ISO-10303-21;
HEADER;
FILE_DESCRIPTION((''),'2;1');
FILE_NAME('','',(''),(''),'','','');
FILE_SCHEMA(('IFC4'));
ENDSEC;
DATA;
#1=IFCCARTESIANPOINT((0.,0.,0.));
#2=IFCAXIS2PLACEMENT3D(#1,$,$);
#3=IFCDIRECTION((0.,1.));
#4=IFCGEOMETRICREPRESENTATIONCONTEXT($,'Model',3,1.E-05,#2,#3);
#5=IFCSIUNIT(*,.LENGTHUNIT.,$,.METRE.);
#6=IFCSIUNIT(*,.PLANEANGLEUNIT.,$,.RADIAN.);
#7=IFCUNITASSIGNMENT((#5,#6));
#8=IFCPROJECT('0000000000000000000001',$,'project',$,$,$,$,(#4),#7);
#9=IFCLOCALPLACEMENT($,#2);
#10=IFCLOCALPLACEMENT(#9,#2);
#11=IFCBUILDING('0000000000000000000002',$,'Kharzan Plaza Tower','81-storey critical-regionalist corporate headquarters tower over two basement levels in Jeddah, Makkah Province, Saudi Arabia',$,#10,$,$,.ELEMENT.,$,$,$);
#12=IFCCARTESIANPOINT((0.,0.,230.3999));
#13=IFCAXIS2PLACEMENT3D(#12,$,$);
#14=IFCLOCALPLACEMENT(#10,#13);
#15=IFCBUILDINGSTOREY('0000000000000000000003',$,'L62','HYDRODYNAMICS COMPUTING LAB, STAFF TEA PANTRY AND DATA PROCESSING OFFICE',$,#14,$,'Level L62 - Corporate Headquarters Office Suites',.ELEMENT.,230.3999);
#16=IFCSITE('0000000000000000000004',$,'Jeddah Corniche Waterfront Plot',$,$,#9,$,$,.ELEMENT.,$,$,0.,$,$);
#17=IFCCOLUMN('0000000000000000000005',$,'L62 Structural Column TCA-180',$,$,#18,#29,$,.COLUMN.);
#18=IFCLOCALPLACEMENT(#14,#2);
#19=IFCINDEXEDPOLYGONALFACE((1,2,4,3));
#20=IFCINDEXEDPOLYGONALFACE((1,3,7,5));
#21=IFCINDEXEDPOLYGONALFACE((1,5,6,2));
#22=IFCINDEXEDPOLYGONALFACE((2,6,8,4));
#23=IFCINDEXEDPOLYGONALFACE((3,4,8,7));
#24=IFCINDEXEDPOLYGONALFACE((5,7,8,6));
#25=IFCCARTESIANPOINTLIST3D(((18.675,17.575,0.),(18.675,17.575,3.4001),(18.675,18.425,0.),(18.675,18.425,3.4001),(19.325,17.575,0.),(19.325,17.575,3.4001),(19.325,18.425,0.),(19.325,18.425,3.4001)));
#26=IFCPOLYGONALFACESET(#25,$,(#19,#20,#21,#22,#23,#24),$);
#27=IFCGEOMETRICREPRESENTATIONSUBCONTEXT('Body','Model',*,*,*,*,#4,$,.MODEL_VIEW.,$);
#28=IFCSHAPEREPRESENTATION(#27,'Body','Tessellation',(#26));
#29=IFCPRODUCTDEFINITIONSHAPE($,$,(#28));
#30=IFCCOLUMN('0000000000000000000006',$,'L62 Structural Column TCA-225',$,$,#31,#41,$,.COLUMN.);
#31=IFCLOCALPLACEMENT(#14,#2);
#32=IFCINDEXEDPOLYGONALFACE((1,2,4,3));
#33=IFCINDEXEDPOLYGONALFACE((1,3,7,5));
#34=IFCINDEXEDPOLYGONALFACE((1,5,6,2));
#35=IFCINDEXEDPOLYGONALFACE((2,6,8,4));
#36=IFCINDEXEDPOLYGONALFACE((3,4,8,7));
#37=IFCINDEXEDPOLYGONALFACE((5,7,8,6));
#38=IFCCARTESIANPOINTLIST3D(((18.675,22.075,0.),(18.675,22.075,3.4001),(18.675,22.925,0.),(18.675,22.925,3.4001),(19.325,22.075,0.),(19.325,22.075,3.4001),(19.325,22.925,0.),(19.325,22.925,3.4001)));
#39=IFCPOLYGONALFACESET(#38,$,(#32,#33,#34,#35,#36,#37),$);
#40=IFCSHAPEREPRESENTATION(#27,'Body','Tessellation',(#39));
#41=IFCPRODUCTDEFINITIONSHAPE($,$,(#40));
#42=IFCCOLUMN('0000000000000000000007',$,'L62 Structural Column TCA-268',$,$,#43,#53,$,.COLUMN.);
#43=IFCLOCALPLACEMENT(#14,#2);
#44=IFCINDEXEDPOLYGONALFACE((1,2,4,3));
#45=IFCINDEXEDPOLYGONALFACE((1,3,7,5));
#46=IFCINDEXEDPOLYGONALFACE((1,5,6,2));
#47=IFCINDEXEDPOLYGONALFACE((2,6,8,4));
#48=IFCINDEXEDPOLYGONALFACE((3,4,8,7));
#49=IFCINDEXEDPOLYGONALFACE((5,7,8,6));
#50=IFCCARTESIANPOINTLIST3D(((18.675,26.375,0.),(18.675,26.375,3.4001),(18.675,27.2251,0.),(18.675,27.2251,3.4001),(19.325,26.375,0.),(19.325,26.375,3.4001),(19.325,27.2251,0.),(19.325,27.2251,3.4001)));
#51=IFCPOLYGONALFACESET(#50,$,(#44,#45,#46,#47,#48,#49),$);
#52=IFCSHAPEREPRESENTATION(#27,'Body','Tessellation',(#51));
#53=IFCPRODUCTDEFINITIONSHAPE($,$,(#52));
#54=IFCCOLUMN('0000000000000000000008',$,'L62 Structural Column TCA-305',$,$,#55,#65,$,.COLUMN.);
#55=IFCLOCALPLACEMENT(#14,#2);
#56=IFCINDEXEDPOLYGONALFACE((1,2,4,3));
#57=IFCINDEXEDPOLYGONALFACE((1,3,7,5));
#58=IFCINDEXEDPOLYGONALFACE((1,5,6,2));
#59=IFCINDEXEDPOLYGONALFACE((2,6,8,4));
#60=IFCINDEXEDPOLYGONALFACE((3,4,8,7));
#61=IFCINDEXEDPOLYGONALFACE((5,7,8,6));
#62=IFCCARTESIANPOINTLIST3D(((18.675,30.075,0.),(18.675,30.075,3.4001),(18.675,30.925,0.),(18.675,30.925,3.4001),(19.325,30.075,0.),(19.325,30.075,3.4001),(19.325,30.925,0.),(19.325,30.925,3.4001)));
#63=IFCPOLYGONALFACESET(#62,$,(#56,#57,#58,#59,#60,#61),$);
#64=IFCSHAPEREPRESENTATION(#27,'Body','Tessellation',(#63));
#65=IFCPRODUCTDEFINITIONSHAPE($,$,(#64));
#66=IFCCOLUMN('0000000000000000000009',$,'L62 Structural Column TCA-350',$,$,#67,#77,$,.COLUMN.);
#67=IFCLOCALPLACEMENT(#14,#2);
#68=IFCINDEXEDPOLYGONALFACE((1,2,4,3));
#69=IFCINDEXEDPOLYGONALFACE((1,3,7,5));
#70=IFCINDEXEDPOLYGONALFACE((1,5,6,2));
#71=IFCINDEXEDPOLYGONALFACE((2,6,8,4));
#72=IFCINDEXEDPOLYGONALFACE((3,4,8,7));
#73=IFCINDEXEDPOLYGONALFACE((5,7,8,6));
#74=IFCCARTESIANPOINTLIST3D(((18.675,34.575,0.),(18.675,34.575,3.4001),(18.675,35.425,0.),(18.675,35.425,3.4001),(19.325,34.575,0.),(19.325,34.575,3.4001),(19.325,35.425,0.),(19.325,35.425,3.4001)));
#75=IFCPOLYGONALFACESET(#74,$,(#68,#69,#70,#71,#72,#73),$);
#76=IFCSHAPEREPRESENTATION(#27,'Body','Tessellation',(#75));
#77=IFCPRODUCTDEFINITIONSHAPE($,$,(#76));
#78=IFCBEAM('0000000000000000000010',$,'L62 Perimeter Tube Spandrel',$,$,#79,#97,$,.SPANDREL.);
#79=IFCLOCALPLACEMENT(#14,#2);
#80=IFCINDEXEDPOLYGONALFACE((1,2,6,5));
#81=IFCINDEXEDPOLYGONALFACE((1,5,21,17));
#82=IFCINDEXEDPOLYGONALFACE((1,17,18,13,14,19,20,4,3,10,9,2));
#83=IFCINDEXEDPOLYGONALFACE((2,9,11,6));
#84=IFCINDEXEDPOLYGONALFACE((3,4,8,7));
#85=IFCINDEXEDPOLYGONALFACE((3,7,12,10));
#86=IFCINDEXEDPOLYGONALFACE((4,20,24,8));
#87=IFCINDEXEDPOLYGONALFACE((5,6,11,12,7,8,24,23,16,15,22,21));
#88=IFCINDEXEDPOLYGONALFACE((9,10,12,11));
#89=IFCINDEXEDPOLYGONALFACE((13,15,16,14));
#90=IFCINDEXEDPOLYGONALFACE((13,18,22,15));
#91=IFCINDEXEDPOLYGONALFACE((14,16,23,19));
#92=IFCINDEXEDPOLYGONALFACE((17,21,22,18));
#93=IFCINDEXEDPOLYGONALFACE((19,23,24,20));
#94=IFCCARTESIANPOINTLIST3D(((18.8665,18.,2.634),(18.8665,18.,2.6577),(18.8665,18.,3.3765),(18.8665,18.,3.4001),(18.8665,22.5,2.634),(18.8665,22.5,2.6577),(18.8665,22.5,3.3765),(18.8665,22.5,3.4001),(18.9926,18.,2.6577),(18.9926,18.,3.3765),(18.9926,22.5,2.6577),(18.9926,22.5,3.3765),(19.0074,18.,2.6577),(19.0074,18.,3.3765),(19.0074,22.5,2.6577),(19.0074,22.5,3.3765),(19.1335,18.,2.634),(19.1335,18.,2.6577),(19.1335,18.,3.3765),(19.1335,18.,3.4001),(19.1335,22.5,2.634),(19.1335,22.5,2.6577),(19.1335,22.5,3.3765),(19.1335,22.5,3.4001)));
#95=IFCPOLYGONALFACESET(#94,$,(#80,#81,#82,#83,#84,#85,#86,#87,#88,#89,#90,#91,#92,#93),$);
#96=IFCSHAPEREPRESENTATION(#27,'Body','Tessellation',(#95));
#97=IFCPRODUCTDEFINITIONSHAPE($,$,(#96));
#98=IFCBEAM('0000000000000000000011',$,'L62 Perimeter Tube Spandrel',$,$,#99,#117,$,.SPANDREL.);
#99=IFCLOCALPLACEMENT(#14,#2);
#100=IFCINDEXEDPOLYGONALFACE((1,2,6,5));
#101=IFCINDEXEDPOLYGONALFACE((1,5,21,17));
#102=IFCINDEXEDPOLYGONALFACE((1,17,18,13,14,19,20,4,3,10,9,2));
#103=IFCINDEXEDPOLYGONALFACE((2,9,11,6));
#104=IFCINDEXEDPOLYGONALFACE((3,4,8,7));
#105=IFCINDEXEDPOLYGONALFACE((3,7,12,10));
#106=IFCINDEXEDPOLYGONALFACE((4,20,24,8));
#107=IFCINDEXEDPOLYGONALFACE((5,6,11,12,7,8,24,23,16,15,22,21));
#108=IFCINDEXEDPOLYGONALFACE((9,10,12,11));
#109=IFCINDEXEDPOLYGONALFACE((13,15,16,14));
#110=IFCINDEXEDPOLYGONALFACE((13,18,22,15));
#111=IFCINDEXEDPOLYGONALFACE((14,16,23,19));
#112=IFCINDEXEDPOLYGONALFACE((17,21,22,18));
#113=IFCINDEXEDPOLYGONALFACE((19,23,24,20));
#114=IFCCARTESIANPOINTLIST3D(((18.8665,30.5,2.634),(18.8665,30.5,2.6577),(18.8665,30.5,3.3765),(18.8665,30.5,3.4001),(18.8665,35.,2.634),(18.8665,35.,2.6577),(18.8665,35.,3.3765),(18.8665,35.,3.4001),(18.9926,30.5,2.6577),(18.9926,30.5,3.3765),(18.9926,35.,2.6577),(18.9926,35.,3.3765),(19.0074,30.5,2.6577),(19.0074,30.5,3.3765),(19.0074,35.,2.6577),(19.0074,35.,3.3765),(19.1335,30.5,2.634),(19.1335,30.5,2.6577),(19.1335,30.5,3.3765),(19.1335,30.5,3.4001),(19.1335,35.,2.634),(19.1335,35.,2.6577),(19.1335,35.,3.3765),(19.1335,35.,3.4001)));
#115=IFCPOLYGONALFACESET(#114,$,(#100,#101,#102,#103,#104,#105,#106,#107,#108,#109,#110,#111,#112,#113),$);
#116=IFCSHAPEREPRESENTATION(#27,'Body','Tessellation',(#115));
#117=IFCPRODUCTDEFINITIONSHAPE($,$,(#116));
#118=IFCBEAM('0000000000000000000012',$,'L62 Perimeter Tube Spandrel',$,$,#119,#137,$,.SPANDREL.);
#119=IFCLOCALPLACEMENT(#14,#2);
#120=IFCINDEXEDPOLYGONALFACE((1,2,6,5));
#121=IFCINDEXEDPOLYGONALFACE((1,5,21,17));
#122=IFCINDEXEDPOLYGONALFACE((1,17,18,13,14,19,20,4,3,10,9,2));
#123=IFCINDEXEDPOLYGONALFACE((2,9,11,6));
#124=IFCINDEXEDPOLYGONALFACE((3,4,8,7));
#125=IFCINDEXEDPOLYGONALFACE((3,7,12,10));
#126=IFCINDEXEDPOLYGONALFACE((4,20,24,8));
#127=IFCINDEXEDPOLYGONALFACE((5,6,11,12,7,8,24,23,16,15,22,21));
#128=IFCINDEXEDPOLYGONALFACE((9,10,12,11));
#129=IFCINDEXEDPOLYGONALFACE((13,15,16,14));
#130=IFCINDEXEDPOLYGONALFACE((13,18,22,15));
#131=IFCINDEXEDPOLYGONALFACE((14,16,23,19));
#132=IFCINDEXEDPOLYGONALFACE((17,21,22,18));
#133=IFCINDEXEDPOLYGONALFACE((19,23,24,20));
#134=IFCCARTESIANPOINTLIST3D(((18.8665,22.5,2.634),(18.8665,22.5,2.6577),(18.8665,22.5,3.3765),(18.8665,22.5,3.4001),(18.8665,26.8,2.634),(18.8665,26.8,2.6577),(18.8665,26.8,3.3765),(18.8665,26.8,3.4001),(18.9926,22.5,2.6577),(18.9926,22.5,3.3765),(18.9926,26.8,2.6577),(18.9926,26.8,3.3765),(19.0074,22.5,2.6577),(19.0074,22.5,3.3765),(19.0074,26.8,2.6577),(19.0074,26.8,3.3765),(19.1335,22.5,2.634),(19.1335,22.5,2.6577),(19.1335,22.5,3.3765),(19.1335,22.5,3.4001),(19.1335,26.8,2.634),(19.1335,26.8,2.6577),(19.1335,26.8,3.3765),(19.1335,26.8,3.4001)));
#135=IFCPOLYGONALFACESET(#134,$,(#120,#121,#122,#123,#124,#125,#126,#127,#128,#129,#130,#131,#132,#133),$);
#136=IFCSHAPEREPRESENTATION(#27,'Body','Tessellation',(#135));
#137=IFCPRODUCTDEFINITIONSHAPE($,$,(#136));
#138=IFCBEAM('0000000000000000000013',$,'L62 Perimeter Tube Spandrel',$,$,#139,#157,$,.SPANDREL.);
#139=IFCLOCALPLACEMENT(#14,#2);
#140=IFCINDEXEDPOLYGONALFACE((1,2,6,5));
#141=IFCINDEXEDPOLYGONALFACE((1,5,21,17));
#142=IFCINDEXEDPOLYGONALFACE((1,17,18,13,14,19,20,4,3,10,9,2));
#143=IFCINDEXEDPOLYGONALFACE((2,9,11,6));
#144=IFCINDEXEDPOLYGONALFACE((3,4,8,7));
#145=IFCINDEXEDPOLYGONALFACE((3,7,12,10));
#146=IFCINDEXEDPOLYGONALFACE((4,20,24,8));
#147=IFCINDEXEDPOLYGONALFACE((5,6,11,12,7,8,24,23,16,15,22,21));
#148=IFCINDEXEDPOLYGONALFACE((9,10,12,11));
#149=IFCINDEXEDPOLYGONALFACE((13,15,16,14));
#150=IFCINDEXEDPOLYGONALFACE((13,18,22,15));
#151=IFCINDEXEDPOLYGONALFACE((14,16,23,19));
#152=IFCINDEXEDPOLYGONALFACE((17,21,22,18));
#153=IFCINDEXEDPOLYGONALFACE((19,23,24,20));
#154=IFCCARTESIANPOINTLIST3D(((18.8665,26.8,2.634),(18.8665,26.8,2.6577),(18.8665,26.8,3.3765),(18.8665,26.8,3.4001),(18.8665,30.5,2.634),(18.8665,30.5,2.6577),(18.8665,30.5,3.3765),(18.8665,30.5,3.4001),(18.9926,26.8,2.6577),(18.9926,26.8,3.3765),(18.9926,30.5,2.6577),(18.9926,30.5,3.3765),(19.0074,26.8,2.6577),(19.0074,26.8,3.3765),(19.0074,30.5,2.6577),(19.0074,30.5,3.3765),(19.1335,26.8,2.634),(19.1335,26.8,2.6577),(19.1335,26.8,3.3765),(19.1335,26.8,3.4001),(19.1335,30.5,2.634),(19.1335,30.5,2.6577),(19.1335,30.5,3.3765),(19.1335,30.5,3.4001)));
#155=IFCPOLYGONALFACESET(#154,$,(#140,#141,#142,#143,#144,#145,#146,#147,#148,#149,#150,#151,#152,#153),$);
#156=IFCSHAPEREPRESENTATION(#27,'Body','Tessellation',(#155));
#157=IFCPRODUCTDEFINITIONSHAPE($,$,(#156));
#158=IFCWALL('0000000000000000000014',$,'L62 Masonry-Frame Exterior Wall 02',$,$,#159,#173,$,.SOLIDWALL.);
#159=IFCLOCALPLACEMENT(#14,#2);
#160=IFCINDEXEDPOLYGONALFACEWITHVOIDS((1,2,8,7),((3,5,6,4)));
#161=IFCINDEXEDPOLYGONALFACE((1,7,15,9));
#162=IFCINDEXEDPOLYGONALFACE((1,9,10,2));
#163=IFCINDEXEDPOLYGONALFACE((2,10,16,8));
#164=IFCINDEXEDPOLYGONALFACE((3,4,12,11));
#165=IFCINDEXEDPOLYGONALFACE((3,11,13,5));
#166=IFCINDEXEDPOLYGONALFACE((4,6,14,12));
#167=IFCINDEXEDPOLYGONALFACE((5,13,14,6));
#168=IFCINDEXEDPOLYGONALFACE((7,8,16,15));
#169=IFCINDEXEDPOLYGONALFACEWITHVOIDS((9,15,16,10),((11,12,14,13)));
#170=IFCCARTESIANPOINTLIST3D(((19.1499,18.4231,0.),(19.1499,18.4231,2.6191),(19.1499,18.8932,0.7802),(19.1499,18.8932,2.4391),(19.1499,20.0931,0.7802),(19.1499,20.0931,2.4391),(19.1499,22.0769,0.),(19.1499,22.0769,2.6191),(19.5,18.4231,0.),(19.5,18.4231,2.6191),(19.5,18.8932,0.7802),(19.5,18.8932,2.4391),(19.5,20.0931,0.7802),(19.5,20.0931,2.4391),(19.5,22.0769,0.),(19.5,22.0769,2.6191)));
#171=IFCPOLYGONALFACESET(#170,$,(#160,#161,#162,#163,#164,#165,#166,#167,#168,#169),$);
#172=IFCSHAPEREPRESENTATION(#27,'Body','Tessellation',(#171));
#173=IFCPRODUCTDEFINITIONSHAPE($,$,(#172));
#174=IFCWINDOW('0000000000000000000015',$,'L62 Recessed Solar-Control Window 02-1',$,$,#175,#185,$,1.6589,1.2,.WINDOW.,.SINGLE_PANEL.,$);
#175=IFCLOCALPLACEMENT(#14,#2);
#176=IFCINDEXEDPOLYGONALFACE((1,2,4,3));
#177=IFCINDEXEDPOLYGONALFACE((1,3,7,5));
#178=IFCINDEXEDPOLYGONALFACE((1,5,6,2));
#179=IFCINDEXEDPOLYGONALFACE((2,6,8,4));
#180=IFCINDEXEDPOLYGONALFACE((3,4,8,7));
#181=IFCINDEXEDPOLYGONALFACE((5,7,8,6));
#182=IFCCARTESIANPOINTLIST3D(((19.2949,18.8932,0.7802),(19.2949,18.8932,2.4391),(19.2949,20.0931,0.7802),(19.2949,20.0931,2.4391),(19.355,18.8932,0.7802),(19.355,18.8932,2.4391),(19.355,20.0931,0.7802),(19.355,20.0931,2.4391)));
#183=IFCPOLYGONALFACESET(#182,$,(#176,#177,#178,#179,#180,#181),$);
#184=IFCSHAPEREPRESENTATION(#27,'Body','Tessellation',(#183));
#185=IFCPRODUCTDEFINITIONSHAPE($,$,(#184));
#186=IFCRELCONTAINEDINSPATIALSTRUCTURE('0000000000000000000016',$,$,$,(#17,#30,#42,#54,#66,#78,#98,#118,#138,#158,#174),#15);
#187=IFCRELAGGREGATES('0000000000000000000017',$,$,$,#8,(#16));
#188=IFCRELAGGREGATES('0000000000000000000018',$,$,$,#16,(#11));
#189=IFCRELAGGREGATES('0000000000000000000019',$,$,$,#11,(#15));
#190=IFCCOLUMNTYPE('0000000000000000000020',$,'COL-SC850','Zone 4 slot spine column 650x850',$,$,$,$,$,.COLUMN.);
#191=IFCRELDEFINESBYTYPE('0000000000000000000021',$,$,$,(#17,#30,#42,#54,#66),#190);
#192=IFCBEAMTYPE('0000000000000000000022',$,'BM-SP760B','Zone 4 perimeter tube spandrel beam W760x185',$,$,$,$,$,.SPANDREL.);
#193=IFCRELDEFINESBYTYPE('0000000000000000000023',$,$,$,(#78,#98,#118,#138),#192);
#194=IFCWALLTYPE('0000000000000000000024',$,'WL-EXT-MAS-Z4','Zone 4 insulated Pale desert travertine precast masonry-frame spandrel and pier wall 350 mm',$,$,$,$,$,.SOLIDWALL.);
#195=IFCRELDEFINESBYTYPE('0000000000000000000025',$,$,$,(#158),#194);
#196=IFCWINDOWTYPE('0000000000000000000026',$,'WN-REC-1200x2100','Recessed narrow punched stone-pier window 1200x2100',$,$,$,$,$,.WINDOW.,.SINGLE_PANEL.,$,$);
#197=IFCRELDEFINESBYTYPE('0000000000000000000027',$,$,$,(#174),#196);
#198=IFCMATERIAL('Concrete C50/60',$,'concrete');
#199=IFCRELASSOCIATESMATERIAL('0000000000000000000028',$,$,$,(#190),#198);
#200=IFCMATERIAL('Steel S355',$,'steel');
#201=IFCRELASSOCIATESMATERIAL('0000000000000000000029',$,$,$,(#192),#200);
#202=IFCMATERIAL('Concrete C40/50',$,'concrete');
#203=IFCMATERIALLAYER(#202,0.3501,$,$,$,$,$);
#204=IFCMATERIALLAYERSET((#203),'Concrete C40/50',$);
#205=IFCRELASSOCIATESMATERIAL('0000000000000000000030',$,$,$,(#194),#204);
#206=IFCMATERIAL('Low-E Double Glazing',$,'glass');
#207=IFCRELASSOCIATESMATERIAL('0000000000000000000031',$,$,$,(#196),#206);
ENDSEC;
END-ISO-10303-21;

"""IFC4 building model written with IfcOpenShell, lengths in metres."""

from ifc_helpers import new_model, si_unit, direction, frame, frame_2d, origin, origin_2d, place, context, subcontext, project, spatial, rectangle, i_section, extrude, source, transform, mapped, material, layer, layer_set, material_profile, profile_set, type_object, element, fill, save


model = new_model("IFC4")

# Units and contexts
model_context = context("Model", 3, precision=1e-05, world=origin(), true_north=direction((0.0, 1.0)))
body_context = subcontext(model_context, "Body", "Model", "MODEL_VIEW")
ifc_project = project(units=[si_unit("LENGTHUNIT", "METRE"), si_unit("PLANEANGLEUNIT", "RADIAN")], contexts=[model_context])

# Site, building, storey
site_placement = place(None, origin())
site = spatial("IfcSite", under=ifc_project, at=site_placement, Name="Jeddah Corniche Waterfront Plot", CompositionType="ELEMENT", RefElevation=0.0)
building_placement = place(site_placement, origin())
building = spatial("IfcBuilding", under=site, at=building_placement, Name="Kharzan Plaza Tower", Description="81-storey critical-regionalist corporate headquarters tower over two basement levels in Jeddah, Makkah Province, Saudi Arabia", CompositionType="ELEMENT")
storey_placement = place(building_placement, frame((0.0, 0.0, 230.3999)))
storey = spatial("IfcBuildingStorey", under=building, at=storey_placement, Name="L62", Description="HYDRODYNAMICS COMPUTING LAB, STAFF TEA PANTRY AND DATA PROCESSING OFFICE", LongName="Level L62 - Corporate Headquarters Office Suites", CompositionType="ELEMENT", Elevation=230.3999)

# Columns
ifc_material_1 = material(Name="Concrete C50/60", Category="concrete")
ifc_material_profile_1 = material_profile(ifc_material_1, rectangle(XDim=0.6499, YDim=0.8501, at=origin_2d()), Name="RC-SC850x650")
ifc_profile_set_1 = profile_set([ifc_material_profile_1], Name="Concrete C50/60")
column_type = type_object("IfcColumnType", Name="COL-SC850", Description="Zone 4 slot spine column 650x850", PredefinedType="COLUMN", material=ifc_profile_set_1)
shared_shape_1 = source(origin(), body_context, "Body", "SweptSolid", [
    extrude(rectangle(XDim=0.6499, YDim=0.8501, at=origin_2d()), origin(), (0.0, 0.0, 1.0), 3.4001),
])
for number, where, z_axis, x_axis, name in (
    (1, (19.0, 18.0, 0.0), (0.0, 0.0, 1.0), (1.0, 0.0, 0.0), "L62 Structural Column TCA-180"),
    (2, (19.0, 22.5, 0.0), (0.0, 0.0, 1.0), (1.0, 0.0, 0.0), "L62 Structural Column TCA-225"),
    (3, (19.0, 26.8, 0.0), (0.0, 0.0, 1.0), (1.0, 0.0, 0.0), "L62 Structural Column TCA-268"),
    (4, (19.0, 30.5, 0.0), (0.0, 0.0, 1.0), (1.0, 0.0, 0.0), "L62 Structural Column TCA-305"),
    (5, (19.0, 35.0, 0.0), (0.0, 0.0, 1.0), (1.0, 0.0, 0.0), "L62 Structural Column TCA-350"),
):
    element("IfcColumn", number, at=place(storey_placement, frame(where, z_axis=z_axis, x_axis=x_axis)), inside=storey, type_object=column_type, Name=name, PredefinedType="COLUMN", context=body_context, shape_type="MappedRepresentation", body=[
        mapped(shared_shape_1, transform((0.0, 0.0, 0.0), x_axis=(1.0, 0.0, 0.0), y_axis=(0.0, 1.0, 0.0), z_axis=(0.0, 0.0, 1.0))),
    ])

# Beams
ifc_material_2 = material(Name="Steel S355", Category="steel")
ifc_material_profile_2 = material_profile(ifc_material_2, i_section(OverallWidth=0.2671, OverallDepth=0.7661, WebThickness=0.0149, FlangeThickness=0.0237, at=origin_2d()), Name="W760x185")
ifc_profile_set_2 = profile_set([ifc_material_profile_2], Name="Steel S355")
beam_type = type_object("IfcBeamType", Name="BM-SP760B", Description="Zone 4 perimeter tube spandrel beam W760x185", PredefinedType="SPANDREL", material=ifc_profile_set_2)
shared_shape_2 = source(origin(), body_context, "Body", "SweptSolid", [
    extrude(i_section(OverallWidth=0.2671, OverallDepth=0.7661, WebThickness=0.0149, FlangeThickness=0.0237, at=origin_2d()), origin(), (0.0, 0.0, 1.0), 4.5),
])
for number, where, z_axis, x_axis, name in (
    (6, (19.0, 18.0, 3.0171), (0.0, 1.0, 0.0), (-1.0, 0.0, 0.0), "L62 Perimeter Tube Spandrel"),
    (7, (19.0, 30.5, 3.0171), (0.0, 1.0, 0.0), (-1.0, 0.0, 0.0), "L62 Perimeter Tube Spandrel"),
):
    element("IfcBeam", number, at=place(storey_placement, frame(where, z_axis=z_axis, x_axis=x_axis)), inside=storey, type_object=beam_type, Name=name, PredefinedType="SPANDREL", context=body_context, shape_type="MappedRepresentation", body=[
        mapped(shared_shape_2, transform((0.0, 0.0, 0.0), x_axis=(1.0, 0.0, 0.0), y_axis=(0.0, 1.0, 0.0), z_axis=(0.0, 0.0, 1.0))),
    ])
shared_shape_3 = source(origin(), body_context, "Body", "SweptSolid", [
    extrude(i_section(OverallWidth=0.2671, OverallDepth=0.7661, WebThickness=0.0149, FlangeThickness=0.0237, at=origin_2d()), origin(), (0.0, 0.0, 1.0), 4.3),
])
beam_1_placement = place(storey_placement, frame((19.0, 22.5, 3.0171), z_axis=(0.0, 1.0, 0.0), x_axis=(-1.0, 0.0, 0.0)))
element("IfcBeam", 8, at=beam_1_placement, inside=storey, type_object=beam_type, Name="L62 Perimeter Tube Spandrel", PredefinedType="SPANDREL", context=body_context, shape_type="MappedRepresentation", body=[
    mapped(shared_shape_3, transform((0.0, 0.0, 0.0), x_axis=(1.0, 0.0, 0.0), y_axis=(0.0, 1.0, 0.0), z_axis=(0.0, 0.0, 1.0))),
])
shared_shape_4 = source(origin(), body_context, "Body", "SweptSolid", [
    extrude(i_section(OverallWidth=0.2671, OverallDepth=0.7661, WebThickness=0.0149, FlangeThickness=0.0237, at=origin_2d()), origin(), (0.0, 0.0, 1.0), 3.7),
])
beam_2_placement = place(storey_placement, frame((19.0, 26.8, 3.0171), z_axis=(0.0, 1.0, 0.0), x_axis=(-1.0, 0.0, 0.0)))
element("IfcBeam", 9, at=beam_2_placement, inside=storey, type_object=beam_type, Name="L62 Perimeter Tube Spandrel", PredefinedType="SPANDREL", context=body_context, shape_type="MappedRepresentation", body=[
    mapped(shared_shape_4, transform((0.0, 0.0, 0.0), x_axis=(1.0, 0.0, 0.0), y_axis=(0.0, 1.0, 0.0), z_axis=(0.0, 0.0, 1.0))),
])

# Wall, opening, window
ifc_material_3 = material(Name="Concrete C40/50", Category="concrete")
ifc_layer_1 = layer(ifc_material_3, 0.3501)
ifc_layer_set_1 = layer_set([ifc_layer_1], Name="Concrete C40/50")
wall_type_1 = type_object("IfcWallType", Name="WL-EXT-MAS-Z4", Description="Zone 4 insulated Pale desert travertine precast masonry-frame spandrel and pier wall 350 mm", PredefinedType="SOLIDWALL", material=ifc_layer_set_1)
wall_1_placement = place(storey_placement, frame((19.325, 18.4231, 0.0), z_axis=(0.0, 0.0, 1.0), x_axis=(0.0, 1.0, 0.0)))
wall_1 = element("IfcWall", 10, at=wall_1_placement, inside=storey, type_object=wall_type_1, Name="L62 Masonry-Frame Exterior Wall 02", PredefinedType="SOLIDWALL", context=body_context, shape_type="SweptSolid", body=[
    extrude(rectangle(XDim=3.6538, YDim=0.3501, at=frame_2d((1.8269, 0.0))), origin(), (0.0, 0.0, 1.0), 2.6191),
])
opening_1_placement = place(wall_1_placement, frame((0.47, 0.0, 0.78)))
opening_1 = element("IfcOpeningElement", 11, at=opening_1_placement, cuts=wall_1, PredefinedType="OPENING", context=body_context, shape_type="SweptSolid", body=[
    extrude(rectangle(XDim=1.2, YDim=1.6589, at=frame_2d((0.6001, 0.8296))), frame((0.0, 0.1851, 0.0), z_axis=(0.0, -1.0, 0.0), x_axis=(1.0, 0.0, 0.0)), (0.0, 0.0, 1.0), 0.3701),
])
ifc_material_4 = material(Name="Low-E Double Glazing", Category="glass")
window_type_1 = type_object("IfcWindowType", Name="WN-REC-1200x2100", Description="Recessed narrow punched stone-pier window 1200x2100", PartitioningType="SINGLE_PANEL", PredefinedType="WINDOW", material=ifc_material_4)
shared_shape_5 = source(origin(), body_context, "Body", "SweptSolid", [
    extrude(rectangle(XDim=1.2, YDim=1.6589, at=frame_2d((0.6001, 0.8296))), frame((0.0, 0.03, 0.0), z_axis=(0.0, -1.0, 0.0), x_axis=(1.0, 0.0, 0.0)), (0.0, 0.0, 1.0), 0.0601),
])
window_1_placement = place(opening_1_placement, origin())
window_1 = element("IfcWindow", 12, at=window_1_placement, inside=storey, type_object=window_type_1, Name="L62 Recessed Solar-Control Window 02-1", OverallHeight=1.6589, OverallWidth=1.2, PartitioningType="SINGLE_PANEL", PredefinedType="WINDOW", context=body_context, shape_type="MappedRepresentation", body=[
    mapped(shared_shape_5, transform((0.0, 0.0, 0.0), x_axis=(1.0, 0.0, 0.0), y_axis=(0.0, 1.0, 0.0), z_axis=(0.0, 0.0, 1.0))),
])
fill(opening_1, window_1)

save(model, "model.ifc")
